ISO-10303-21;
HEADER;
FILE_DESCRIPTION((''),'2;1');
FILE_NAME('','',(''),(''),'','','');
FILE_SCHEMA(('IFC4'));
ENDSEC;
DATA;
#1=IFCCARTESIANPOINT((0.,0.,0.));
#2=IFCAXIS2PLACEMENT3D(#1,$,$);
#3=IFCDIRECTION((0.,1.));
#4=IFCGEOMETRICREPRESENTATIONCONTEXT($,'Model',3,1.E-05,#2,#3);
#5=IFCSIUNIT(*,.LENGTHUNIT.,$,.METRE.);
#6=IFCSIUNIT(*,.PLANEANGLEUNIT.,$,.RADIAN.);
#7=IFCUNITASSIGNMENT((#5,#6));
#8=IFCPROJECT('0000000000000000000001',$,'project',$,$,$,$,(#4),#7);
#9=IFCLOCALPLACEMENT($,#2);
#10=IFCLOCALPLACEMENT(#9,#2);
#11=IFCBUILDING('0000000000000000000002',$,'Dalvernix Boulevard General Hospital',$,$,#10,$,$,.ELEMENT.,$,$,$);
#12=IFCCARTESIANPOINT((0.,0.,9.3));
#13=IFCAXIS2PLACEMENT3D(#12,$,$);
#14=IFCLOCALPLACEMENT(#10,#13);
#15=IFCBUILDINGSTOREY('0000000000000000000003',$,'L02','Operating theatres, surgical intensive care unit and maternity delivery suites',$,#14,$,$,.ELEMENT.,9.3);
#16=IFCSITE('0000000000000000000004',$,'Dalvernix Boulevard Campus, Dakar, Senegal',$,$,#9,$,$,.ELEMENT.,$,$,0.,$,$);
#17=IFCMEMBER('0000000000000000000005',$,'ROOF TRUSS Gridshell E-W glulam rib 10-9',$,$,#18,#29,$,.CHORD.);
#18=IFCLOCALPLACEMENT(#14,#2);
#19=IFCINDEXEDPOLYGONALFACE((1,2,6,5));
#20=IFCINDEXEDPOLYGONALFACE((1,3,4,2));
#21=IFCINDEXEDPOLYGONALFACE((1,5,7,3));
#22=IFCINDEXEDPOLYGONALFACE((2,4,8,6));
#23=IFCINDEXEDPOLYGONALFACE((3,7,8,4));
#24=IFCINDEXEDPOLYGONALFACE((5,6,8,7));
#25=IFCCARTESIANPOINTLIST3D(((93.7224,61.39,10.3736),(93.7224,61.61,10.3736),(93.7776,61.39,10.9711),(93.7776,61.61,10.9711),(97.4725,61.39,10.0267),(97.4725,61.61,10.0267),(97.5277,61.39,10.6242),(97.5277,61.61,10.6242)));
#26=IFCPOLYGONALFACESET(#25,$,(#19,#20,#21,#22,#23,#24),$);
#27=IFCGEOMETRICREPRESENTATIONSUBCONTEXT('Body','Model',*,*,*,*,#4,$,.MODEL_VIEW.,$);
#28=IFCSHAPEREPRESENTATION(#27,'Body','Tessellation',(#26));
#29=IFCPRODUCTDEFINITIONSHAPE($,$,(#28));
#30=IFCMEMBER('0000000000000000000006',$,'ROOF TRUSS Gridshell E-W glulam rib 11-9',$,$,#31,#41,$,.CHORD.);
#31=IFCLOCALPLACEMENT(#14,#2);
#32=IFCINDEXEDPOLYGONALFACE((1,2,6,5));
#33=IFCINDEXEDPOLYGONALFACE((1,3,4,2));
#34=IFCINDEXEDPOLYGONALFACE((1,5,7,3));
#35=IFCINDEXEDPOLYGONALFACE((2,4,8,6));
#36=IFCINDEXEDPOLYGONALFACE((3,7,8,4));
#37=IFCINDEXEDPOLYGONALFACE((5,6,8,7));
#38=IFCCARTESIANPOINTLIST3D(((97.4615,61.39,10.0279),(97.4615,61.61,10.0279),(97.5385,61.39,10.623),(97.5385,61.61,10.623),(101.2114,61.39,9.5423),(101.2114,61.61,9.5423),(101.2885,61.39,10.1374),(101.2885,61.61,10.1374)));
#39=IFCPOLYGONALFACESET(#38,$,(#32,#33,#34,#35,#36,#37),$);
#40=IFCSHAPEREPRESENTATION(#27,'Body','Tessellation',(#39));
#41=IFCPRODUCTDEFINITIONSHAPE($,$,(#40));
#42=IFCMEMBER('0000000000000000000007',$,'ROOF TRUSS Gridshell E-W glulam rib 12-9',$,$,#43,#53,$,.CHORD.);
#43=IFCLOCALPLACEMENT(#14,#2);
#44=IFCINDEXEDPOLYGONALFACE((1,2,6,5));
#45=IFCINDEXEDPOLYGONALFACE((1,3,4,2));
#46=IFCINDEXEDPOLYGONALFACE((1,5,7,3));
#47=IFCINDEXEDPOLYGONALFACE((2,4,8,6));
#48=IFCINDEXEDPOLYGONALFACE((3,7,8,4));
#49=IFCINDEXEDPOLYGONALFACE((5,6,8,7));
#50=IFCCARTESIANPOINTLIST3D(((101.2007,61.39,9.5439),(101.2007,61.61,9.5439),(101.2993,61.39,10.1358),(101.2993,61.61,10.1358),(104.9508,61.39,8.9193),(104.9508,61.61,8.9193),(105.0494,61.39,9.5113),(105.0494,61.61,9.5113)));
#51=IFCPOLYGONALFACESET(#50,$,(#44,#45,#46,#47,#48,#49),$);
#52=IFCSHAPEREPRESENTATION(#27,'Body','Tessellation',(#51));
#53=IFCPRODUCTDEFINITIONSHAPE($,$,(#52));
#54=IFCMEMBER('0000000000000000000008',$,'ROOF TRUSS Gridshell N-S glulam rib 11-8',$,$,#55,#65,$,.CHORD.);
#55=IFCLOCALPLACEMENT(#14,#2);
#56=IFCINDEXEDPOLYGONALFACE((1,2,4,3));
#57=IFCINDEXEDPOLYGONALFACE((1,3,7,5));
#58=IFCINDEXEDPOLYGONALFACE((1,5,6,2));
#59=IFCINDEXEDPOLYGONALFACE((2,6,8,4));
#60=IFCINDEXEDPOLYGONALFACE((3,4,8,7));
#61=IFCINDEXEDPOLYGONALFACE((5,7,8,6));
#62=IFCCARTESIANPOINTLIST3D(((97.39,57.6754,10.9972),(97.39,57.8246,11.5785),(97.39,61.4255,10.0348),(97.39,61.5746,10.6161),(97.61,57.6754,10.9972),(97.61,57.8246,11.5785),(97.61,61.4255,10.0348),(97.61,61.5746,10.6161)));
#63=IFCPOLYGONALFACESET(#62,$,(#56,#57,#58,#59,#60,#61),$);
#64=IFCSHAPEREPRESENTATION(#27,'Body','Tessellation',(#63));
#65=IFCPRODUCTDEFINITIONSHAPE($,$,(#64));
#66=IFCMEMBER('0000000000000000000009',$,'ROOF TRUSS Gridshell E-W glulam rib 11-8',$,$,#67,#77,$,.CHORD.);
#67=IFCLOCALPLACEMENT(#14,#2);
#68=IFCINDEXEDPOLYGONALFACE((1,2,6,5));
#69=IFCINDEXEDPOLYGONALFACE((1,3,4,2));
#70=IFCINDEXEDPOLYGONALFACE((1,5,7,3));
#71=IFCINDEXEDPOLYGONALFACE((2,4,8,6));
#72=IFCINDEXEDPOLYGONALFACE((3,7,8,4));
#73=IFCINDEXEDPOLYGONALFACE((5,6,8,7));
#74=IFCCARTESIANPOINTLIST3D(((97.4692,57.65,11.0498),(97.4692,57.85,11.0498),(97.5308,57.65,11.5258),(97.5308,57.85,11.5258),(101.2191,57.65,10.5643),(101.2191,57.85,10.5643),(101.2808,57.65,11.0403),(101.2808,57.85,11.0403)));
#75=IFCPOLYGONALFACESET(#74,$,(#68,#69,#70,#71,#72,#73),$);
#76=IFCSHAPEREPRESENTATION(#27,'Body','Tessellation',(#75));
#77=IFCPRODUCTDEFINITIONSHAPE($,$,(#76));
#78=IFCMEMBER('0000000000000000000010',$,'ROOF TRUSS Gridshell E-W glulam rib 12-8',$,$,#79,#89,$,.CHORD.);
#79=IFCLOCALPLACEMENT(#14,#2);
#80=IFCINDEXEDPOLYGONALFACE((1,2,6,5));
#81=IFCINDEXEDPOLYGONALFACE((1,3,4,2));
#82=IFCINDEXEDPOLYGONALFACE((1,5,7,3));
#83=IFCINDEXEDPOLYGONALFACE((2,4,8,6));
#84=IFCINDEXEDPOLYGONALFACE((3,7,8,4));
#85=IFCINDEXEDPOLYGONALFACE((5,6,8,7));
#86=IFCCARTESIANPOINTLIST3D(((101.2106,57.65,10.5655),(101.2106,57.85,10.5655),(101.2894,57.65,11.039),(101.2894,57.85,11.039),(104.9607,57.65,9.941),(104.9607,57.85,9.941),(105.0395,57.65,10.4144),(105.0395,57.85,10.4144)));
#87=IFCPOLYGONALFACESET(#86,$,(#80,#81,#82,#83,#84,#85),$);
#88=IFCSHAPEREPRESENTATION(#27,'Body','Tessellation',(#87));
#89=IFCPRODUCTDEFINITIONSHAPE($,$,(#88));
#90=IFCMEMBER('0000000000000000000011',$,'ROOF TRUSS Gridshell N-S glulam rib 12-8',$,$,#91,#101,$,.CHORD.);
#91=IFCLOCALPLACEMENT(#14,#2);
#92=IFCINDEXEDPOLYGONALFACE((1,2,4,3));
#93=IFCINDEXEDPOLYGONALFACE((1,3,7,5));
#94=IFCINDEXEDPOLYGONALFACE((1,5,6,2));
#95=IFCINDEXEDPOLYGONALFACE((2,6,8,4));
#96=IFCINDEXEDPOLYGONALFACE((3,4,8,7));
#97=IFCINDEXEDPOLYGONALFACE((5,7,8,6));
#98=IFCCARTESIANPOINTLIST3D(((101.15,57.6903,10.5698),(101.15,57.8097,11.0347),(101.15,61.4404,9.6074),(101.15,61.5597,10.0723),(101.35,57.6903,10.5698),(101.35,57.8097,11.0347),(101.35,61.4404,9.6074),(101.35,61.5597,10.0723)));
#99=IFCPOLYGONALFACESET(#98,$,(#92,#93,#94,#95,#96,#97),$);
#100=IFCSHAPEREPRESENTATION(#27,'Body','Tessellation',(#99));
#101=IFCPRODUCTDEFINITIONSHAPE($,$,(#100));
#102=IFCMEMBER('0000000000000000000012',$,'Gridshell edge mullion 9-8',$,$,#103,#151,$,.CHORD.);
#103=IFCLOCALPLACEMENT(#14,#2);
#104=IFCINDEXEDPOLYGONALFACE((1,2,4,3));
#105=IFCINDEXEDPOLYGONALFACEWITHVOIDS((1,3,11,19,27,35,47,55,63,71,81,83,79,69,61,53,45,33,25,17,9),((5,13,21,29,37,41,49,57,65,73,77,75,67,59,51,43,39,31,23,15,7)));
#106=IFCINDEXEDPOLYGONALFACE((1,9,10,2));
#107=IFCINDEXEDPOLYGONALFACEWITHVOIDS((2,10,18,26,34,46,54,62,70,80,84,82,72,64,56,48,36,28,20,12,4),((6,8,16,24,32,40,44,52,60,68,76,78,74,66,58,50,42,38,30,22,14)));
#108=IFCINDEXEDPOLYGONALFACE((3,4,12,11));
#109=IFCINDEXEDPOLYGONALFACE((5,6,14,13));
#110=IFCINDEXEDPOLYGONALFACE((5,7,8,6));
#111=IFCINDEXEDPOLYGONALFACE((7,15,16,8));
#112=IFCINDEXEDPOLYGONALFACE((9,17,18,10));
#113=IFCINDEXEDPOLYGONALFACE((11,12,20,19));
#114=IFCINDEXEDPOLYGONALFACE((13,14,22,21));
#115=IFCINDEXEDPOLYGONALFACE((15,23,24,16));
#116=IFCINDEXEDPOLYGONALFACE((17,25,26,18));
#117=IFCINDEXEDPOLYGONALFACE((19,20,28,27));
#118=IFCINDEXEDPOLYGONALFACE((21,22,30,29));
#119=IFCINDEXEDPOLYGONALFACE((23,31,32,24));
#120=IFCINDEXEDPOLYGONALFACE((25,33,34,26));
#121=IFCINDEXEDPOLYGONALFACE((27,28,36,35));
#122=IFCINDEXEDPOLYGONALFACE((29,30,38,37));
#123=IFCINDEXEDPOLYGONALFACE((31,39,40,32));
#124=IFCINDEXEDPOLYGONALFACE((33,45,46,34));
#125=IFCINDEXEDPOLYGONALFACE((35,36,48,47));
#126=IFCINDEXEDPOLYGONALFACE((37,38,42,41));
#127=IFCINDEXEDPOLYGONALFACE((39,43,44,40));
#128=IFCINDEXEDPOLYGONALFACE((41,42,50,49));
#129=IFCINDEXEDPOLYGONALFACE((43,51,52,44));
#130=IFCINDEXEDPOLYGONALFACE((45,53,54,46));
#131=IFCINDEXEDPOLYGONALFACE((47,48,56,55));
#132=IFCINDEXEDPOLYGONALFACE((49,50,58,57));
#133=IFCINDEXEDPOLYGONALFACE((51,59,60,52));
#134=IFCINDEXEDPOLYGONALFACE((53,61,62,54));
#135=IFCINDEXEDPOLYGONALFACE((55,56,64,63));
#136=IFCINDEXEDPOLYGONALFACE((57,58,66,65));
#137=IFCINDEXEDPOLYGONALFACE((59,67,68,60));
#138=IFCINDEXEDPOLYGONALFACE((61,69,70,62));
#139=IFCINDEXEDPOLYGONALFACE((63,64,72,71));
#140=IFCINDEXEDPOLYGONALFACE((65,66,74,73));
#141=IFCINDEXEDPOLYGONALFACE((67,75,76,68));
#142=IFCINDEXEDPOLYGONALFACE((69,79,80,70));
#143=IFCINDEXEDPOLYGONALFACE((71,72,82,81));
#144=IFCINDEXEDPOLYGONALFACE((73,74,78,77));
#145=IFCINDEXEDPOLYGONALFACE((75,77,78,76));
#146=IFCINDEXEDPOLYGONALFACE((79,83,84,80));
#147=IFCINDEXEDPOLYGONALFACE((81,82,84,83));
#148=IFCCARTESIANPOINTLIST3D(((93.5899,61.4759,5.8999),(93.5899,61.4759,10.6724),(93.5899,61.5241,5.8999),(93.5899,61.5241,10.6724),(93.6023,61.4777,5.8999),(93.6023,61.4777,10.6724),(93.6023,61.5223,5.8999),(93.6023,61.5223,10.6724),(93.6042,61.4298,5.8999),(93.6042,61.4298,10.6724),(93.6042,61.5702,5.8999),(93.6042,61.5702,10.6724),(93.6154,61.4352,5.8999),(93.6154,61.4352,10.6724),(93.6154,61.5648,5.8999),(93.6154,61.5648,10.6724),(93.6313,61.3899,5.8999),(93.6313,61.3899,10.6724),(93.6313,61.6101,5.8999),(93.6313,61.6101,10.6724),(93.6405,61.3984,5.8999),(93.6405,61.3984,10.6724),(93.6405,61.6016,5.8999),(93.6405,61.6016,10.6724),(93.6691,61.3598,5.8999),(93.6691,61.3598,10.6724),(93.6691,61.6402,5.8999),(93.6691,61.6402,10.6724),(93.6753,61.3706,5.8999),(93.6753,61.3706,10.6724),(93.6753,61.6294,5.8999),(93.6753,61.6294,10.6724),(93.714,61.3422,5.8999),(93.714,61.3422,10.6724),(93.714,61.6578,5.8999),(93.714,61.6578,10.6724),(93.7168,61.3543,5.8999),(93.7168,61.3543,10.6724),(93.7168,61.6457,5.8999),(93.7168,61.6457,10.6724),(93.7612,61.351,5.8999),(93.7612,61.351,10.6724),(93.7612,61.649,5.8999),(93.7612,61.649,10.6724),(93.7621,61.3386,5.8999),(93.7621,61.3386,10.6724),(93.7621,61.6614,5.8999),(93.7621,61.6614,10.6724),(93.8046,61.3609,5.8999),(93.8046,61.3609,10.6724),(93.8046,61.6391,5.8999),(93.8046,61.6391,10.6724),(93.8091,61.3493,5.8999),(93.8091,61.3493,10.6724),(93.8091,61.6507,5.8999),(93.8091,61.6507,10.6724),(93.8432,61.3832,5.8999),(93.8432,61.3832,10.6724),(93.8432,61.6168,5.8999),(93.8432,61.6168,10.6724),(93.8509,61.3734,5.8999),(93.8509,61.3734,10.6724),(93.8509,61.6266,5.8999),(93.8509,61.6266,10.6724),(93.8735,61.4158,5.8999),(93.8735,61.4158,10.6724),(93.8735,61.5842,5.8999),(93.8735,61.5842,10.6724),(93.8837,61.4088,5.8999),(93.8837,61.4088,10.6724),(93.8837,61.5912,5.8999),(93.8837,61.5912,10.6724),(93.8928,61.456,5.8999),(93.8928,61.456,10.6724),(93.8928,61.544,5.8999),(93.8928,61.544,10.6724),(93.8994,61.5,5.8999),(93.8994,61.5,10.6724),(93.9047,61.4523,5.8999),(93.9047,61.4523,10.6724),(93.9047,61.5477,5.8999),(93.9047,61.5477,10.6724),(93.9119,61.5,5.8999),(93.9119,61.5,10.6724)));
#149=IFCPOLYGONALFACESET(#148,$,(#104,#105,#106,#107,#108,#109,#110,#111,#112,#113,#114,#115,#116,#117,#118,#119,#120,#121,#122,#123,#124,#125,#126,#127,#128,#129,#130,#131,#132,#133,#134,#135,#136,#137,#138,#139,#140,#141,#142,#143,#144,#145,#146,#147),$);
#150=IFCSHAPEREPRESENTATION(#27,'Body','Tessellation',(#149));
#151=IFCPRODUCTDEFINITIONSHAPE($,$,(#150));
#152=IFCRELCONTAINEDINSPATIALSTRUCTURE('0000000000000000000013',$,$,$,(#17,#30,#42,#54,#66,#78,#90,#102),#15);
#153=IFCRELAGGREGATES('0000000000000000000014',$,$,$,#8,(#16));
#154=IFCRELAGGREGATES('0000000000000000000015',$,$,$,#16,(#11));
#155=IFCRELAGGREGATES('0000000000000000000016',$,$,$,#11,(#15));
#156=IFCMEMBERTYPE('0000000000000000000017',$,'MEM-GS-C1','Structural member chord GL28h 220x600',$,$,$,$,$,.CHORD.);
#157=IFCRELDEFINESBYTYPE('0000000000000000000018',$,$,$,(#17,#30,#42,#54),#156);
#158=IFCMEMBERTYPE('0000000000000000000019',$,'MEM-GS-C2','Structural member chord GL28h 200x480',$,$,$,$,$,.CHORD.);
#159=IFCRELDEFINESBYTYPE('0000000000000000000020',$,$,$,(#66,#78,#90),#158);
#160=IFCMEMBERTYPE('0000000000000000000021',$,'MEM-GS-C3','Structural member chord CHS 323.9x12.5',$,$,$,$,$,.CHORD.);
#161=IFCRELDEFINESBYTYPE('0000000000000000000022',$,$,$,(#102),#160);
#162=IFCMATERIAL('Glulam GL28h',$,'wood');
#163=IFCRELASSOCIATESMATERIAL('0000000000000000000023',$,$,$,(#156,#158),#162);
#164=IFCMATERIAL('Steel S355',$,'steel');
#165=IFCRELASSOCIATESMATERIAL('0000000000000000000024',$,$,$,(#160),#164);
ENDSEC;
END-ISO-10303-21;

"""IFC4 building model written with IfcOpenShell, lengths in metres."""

from ifc_helpers import new_model, si_unit, direction, frame, origin, origin_2d, place, context, subcontext, project, spatial, rectangle, hollow_circle, extrude, material, material_profile, profile_set, type_object, element, save


model = new_model("IFC4")

# Units and contexts
model_context = context("Model", 3, precision=1e-05, world=origin(), true_north=direction((0.0, 1.0)))
body_context = subcontext(model_context, "Body", "Model", "MODEL_VIEW")
ifc_project = project(units=[si_unit("LENGTHUNIT", "METRE"), si_unit("PLANEANGLEUNIT", "RADIAN")], contexts=[model_context])

# Site, building, storey
site_placement = place(None, origin())
site = spatial("IfcSite", under=ifc_project, at=site_placement, Name="Dalvernix Boulevard Campus, Dakar, Senegal", CompositionType="ELEMENT", RefElevation=0.0)
building_placement = place(site_placement, origin())
building = spatial("IfcBuilding", under=site, at=building_placement, Name="Dalvernix Boulevard General Hospital", CompositionType="ELEMENT")
storey_placement = place(building_placement, frame((0.0, 0.0, 9.3)))
storey = spatial("IfcBuildingStorey", under=building, at=storey_placement, Name="L02", Description="Operating theatres, surgical intensive care unit and maternity delivery suites", CompositionType="ELEMENT", Elevation=9.3)

# Shared definitions
ifc_material_1 = material(Name="Steel S355", Category="steel")

# Members
ifc_material_2 = material(Name="Glulam GL28h", Category="wood")
ifc_material_profile_1 = material_profile(ifc_material_2, rectangle(XDim=0.22, YDim=0.6001, at=origin_2d()), Name="GL28h 220x600")
ifc_profile_set_1 = profile_set([ifc_material_profile_1], Name="Glulam GL28h")
member_type_1 = type_object("IfcMemberType", Name="MEM-GS-C1", Description="Structural member chord GL28h 220x600", PredefinedType="CHORD", material=ifc_profile_set_1)
member_1_placement = place(storey_placement, frame((93.75, 61.5, 10.6724), z_axis=(0.995748, 0.0, -0.09212), x_axis=(0.0, 1.0, 0.0)))
element("IfcMember", 1, at=member_1_placement, inside=storey, type_object=member_type_1, Name="ROOF TRUSS Gridshell E-W glulam rib 10-9", PredefinedType="CHORD", context=body_context, shape_type="SweptSolid", body=[
    extrude(rectangle(XDim=0.22, YDim=0.6001, at=origin_2d()), origin(), (0.0, 0.0, 1.0), 3.7661),
])
member_2_placement = place(storey_placement, frame((97.5, 61.5, 10.3254), z_axis=(0.99172, 0.0, -0.12842), x_axis=(0.0, 1.0, 0.0)))
element("IfcMember", 2, at=member_2_placement, inside=storey, type_object=member_type_1, Name="ROOF TRUSS Gridshell E-W glulam rib 11-9", PredefinedType="CHORD", context=body_context, shape_type="SweptSolid", body=[
    extrude(rectangle(XDim=0.22, YDim=0.6001, at=origin_2d()), origin(), (0.0, 0.0, 1.0), 3.7812),
])
member_3_placement = place(storey_placement, frame((101.25, 61.5, 9.8398), z_axis=(0.986415, 0.0, -0.164274), x_axis=(0.0, 1.0, 0.0)))
element("IfcMember", 3, at=member_3_placement, inside=storey, type_object=member_type_1, Name="ROOF TRUSS Gridshell E-W glulam rib 12-9", PredefinedType="CHORD", context=body_context, shape_type="SweptSolid", body=[
    extrude(rectangle(XDim=0.22, YDim=0.6001, at=origin_2d()), origin(), (0.0, 0.0, 1.0), 3.8018),
])
member_4_placement = place(storey_placement, frame((97.5, 57.75, 11.2878), z_axis=(0.0, 0.96861, -0.248585), x_axis=(-1.0, 0.0, 0.0)))
element("IfcMember", 4, at=member_4_placement, inside=storey, type_object=member_type_1, Name="ROOF TRUSS Gridshell N-S glulam rib 11-8", PredefinedType="CHORD", context=body_context, shape_type="SweptSolid", body=[
    extrude(rectangle(XDim=0.22, YDim=0.6001, at=origin_2d()), origin(), (0.0, 0.0, 1.0), 3.8716),
])
ifc_material_profile_2 = material_profile(ifc_material_2, rectangle(XDim=0.2, YDim=0.48, at=origin_2d()), Name="GL28h 200x480")
ifc_profile_set_2 = profile_set([ifc_material_profile_2], Name="Glulam GL28h")
member_type_2 = type_object("IfcMemberType", Name="MEM-GS-C2", Description="Structural member chord GL28h 200x480", PredefinedType="CHORD", material=ifc_profile_set_2)
member_5_placement = place(storey_placement, frame((97.5, 57.75, 11.2878), z_axis=(0.99172, 0.0, -0.12842), x_axis=(0.0, 1.0, 0.0)))
element("IfcMember", 5, at=member_5_placement, inside=storey, type_object=member_type_2, Name="ROOF TRUSS Gridshell E-W glulam rib 11-8", PredefinedType="CHORD", context=body_context, shape_type="SweptSolid", body=[
    extrude(rectangle(XDim=0.2, YDim=0.48, at=origin_2d()), origin(), (0.0, 0.0, 1.0), 3.7812),
])
member_6_placement = place(storey_placement, frame((101.25, 57.75, 10.8022), z_axis=(0.986415, 0.0, -0.164274), x_axis=(0.0, 1.0, 0.0)))
element("IfcMember", 6, at=member_6_placement, inside=storey, type_object=member_type_2, Name="ROOF TRUSS Gridshell E-W glulam rib 12-8", PredefinedType="CHORD", context=body_context, shape_type="SweptSolid", body=[
    extrude(rectangle(XDim=0.2, YDim=0.48, at=origin_2d()), origin(), (0.0, 0.0, 1.0), 3.8018),
])
member_7_placement = place(storey_placement, frame((101.25, 57.75, 10.8022), z_axis=(0.0, 0.96861, -0.248585), x_axis=(-1.0, 0.0, 0.0)))
element("IfcMember", 7, at=member_7_placement, inside=storey, type_object=member_type_2, Name="ROOF TRUSS Gridshell N-S glulam rib 12-8", PredefinedType="CHORD", context=body_context, shape_type="SweptSolid", body=[
    extrude(rectangle(XDim=0.2, YDim=0.48, at=origin_2d()), origin(), (0.0, 0.0, 1.0), 3.8716),
])
ifc_material_profile_3 = material_profile(ifc_material_1, hollow_circle(Radius=0.1619, WallThickness=0.0125, at=origin_2d()), Name="CHS 323.9x12.5")
ifc_profile_set_3 = profile_set([ifc_material_profile_3], Name="Steel S355")
member_type_3 = type_object("IfcMemberType", Name="MEM-GS-C3", Description="Structural member chord CHS 323.9x12.5", PredefinedType="CHORD", material=ifc_profile_set_3)
member_8_placement = place(storey_placement, frame((93.75, 61.5, 5.8999), z_axis=(0.0, 0.0, 1.0), x_axis=(1.0, 0.0, 0.0)))
element("IfcMember", 8, at=member_8_placement, inside=storey, type_object=member_type_3, Name="Gridshell edge mullion 9-8", PredefinedType="CHORD", context=body_context, shape_type="SweptSolid", body=[
    extrude(hollow_circle(Radius=0.1619, WallThickness=0.0125, at=origin_2d()), origin(), (0.0, 0.0, 1.0), 4.7725),
])

save(model, "model.ifc")
